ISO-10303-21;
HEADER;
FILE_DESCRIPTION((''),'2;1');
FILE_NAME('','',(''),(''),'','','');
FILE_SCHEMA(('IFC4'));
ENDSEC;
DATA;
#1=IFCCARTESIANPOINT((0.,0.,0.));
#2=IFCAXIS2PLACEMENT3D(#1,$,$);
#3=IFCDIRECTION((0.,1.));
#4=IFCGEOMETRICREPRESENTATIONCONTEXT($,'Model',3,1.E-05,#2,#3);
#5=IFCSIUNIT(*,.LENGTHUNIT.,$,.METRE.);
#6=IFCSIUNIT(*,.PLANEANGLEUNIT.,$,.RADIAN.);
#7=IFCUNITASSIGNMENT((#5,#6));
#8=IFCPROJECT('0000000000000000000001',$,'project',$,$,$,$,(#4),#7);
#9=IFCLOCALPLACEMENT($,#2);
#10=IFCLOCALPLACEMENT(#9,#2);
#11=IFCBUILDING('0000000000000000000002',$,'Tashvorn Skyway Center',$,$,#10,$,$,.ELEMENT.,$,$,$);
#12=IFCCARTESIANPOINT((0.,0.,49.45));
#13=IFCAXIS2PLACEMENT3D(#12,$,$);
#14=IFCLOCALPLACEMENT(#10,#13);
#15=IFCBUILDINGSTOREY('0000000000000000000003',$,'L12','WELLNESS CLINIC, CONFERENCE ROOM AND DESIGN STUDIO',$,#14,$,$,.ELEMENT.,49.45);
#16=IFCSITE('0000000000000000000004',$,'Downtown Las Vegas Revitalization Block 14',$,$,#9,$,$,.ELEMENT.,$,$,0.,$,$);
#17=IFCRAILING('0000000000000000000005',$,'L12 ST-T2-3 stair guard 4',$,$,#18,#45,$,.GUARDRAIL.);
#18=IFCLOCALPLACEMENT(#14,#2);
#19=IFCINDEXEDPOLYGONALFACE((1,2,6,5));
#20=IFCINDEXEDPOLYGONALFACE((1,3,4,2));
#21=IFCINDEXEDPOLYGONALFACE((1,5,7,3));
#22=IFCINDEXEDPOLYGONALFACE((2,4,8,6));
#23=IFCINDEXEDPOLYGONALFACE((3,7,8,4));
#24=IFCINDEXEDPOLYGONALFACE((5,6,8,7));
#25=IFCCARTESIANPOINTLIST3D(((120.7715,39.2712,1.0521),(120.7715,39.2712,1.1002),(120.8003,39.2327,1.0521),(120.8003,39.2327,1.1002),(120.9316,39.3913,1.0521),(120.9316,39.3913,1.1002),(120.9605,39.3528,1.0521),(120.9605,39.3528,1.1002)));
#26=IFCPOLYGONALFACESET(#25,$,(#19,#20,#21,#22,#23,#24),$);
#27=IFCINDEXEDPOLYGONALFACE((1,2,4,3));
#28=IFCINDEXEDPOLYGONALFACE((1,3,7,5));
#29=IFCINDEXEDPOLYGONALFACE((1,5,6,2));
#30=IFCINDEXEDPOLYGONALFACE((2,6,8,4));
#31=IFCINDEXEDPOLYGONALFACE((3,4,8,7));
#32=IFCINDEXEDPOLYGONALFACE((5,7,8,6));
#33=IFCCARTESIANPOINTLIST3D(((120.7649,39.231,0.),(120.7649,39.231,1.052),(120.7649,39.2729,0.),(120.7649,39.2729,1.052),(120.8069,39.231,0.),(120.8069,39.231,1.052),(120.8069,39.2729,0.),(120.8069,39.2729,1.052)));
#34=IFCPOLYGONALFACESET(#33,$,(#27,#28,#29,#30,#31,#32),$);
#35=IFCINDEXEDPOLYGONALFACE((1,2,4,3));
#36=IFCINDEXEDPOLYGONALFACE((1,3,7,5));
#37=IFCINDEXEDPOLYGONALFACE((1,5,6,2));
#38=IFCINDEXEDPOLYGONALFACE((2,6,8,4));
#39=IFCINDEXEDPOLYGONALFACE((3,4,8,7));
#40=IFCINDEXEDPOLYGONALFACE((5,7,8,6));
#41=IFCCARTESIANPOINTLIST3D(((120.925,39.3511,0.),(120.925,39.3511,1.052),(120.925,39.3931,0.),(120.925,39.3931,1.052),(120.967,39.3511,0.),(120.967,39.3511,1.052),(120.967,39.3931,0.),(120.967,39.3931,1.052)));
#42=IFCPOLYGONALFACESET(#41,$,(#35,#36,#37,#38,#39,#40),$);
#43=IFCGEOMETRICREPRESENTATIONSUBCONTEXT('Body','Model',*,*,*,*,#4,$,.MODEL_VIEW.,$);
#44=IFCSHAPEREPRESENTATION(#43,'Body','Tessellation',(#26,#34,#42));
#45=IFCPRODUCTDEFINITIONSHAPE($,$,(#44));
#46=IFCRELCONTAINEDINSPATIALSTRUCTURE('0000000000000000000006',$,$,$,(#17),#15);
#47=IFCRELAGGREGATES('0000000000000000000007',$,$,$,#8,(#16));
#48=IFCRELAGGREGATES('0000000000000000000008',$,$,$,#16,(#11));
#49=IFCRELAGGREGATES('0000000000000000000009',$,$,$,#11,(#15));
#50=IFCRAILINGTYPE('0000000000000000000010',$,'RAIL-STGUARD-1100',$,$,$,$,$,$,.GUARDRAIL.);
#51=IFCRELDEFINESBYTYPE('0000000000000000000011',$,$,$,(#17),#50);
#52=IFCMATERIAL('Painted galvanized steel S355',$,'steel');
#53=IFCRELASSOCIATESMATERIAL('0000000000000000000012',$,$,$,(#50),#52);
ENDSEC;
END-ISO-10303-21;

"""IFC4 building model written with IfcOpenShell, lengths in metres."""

from ifc_helpers import new_model, si_unit, direction, frame, origin, origin_2d, place, context, subcontext, project, spatial, rectangle, extrude, material, type_object, element, save


model = new_model("IFC4")

# Units and contexts
model_context = context("Model", 3, precision=1e-05, world=origin(), true_north=direction((0.0, 1.0)))
body_context = subcontext(model_context, "Body", "Model", "MODEL_VIEW")
ifc_project = project(units=[si_unit("LENGTHUNIT", "METRE"), si_unit("PLANEANGLEUNIT", "RADIAN")], contexts=[model_context])

# Site, building, storey
site_placement = place(None, origin())
site = spatial("IfcSite", under=ifc_project, at=site_placement, Name="Downtown Las Vegas Revitalization Block 14", CompositionType="ELEMENT", RefElevation=0.0)
building_placement = place(site_placement, origin())
building = spatial("IfcBuilding", under=site, at=building_placement, Name="Tashvorn Skyway Center", CompositionType="ELEMENT")
storey_placement = place(building_placement, frame((0.0, 0.0, 49.45)))
storey = spatial("IfcBuildingStorey", under=building, at=storey_placement, Name="L12", Description="WELLNESS CLINIC, CONFERENCE ROOM AND DESIGN STUDIO", CompositionType="ELEMENT", Elevation=49.45)

# Railing
ifc_material_1 = material(Name="Painted galvanized steel S355", Category="steel")
railing_type_1 = type_object("IfcRailingType", Name="RAIL-STGUARD-1100", PredefinedType="GUARDRAIL", material=ifc_material_1)
railing_1_placement = place(storey_placement, frame((120.7859, 39.252, 0.0)))
element("IfcRailing", 1, at=railing_1_placement, inside=storey, type_object=railing_type_1, Name="L12 ST-T2-3 stair guard 4", PredefinedType="GUARDRAIL", context=body_context, shape_type="SweptSolid", body=[
    extrude(rectangle(XDim=0.0481, YDim=0.0481, at=origin_2d()), frame((0.0, 0.0, 1.0762), z_axis=(0.8, 0.6, 0.0), x_axis=(-0.6, 0.8, 0.0)), (0.0, 0.0, 1.0), 0.2002),
    extrude(rectangle(XDim=0.042, YDim=0.042, at=origin_2d()), origin(), (0.0, 0.0, 1.0), 1.052),
    extrude(rectangle(XDim=0.042, YDim=0.042, at=origin_2d()), frame((0.1602, 0.1201, 0.0)), (0.0, 0.0, 1.0), 1.052),
])

save(model, "model.ifc")
